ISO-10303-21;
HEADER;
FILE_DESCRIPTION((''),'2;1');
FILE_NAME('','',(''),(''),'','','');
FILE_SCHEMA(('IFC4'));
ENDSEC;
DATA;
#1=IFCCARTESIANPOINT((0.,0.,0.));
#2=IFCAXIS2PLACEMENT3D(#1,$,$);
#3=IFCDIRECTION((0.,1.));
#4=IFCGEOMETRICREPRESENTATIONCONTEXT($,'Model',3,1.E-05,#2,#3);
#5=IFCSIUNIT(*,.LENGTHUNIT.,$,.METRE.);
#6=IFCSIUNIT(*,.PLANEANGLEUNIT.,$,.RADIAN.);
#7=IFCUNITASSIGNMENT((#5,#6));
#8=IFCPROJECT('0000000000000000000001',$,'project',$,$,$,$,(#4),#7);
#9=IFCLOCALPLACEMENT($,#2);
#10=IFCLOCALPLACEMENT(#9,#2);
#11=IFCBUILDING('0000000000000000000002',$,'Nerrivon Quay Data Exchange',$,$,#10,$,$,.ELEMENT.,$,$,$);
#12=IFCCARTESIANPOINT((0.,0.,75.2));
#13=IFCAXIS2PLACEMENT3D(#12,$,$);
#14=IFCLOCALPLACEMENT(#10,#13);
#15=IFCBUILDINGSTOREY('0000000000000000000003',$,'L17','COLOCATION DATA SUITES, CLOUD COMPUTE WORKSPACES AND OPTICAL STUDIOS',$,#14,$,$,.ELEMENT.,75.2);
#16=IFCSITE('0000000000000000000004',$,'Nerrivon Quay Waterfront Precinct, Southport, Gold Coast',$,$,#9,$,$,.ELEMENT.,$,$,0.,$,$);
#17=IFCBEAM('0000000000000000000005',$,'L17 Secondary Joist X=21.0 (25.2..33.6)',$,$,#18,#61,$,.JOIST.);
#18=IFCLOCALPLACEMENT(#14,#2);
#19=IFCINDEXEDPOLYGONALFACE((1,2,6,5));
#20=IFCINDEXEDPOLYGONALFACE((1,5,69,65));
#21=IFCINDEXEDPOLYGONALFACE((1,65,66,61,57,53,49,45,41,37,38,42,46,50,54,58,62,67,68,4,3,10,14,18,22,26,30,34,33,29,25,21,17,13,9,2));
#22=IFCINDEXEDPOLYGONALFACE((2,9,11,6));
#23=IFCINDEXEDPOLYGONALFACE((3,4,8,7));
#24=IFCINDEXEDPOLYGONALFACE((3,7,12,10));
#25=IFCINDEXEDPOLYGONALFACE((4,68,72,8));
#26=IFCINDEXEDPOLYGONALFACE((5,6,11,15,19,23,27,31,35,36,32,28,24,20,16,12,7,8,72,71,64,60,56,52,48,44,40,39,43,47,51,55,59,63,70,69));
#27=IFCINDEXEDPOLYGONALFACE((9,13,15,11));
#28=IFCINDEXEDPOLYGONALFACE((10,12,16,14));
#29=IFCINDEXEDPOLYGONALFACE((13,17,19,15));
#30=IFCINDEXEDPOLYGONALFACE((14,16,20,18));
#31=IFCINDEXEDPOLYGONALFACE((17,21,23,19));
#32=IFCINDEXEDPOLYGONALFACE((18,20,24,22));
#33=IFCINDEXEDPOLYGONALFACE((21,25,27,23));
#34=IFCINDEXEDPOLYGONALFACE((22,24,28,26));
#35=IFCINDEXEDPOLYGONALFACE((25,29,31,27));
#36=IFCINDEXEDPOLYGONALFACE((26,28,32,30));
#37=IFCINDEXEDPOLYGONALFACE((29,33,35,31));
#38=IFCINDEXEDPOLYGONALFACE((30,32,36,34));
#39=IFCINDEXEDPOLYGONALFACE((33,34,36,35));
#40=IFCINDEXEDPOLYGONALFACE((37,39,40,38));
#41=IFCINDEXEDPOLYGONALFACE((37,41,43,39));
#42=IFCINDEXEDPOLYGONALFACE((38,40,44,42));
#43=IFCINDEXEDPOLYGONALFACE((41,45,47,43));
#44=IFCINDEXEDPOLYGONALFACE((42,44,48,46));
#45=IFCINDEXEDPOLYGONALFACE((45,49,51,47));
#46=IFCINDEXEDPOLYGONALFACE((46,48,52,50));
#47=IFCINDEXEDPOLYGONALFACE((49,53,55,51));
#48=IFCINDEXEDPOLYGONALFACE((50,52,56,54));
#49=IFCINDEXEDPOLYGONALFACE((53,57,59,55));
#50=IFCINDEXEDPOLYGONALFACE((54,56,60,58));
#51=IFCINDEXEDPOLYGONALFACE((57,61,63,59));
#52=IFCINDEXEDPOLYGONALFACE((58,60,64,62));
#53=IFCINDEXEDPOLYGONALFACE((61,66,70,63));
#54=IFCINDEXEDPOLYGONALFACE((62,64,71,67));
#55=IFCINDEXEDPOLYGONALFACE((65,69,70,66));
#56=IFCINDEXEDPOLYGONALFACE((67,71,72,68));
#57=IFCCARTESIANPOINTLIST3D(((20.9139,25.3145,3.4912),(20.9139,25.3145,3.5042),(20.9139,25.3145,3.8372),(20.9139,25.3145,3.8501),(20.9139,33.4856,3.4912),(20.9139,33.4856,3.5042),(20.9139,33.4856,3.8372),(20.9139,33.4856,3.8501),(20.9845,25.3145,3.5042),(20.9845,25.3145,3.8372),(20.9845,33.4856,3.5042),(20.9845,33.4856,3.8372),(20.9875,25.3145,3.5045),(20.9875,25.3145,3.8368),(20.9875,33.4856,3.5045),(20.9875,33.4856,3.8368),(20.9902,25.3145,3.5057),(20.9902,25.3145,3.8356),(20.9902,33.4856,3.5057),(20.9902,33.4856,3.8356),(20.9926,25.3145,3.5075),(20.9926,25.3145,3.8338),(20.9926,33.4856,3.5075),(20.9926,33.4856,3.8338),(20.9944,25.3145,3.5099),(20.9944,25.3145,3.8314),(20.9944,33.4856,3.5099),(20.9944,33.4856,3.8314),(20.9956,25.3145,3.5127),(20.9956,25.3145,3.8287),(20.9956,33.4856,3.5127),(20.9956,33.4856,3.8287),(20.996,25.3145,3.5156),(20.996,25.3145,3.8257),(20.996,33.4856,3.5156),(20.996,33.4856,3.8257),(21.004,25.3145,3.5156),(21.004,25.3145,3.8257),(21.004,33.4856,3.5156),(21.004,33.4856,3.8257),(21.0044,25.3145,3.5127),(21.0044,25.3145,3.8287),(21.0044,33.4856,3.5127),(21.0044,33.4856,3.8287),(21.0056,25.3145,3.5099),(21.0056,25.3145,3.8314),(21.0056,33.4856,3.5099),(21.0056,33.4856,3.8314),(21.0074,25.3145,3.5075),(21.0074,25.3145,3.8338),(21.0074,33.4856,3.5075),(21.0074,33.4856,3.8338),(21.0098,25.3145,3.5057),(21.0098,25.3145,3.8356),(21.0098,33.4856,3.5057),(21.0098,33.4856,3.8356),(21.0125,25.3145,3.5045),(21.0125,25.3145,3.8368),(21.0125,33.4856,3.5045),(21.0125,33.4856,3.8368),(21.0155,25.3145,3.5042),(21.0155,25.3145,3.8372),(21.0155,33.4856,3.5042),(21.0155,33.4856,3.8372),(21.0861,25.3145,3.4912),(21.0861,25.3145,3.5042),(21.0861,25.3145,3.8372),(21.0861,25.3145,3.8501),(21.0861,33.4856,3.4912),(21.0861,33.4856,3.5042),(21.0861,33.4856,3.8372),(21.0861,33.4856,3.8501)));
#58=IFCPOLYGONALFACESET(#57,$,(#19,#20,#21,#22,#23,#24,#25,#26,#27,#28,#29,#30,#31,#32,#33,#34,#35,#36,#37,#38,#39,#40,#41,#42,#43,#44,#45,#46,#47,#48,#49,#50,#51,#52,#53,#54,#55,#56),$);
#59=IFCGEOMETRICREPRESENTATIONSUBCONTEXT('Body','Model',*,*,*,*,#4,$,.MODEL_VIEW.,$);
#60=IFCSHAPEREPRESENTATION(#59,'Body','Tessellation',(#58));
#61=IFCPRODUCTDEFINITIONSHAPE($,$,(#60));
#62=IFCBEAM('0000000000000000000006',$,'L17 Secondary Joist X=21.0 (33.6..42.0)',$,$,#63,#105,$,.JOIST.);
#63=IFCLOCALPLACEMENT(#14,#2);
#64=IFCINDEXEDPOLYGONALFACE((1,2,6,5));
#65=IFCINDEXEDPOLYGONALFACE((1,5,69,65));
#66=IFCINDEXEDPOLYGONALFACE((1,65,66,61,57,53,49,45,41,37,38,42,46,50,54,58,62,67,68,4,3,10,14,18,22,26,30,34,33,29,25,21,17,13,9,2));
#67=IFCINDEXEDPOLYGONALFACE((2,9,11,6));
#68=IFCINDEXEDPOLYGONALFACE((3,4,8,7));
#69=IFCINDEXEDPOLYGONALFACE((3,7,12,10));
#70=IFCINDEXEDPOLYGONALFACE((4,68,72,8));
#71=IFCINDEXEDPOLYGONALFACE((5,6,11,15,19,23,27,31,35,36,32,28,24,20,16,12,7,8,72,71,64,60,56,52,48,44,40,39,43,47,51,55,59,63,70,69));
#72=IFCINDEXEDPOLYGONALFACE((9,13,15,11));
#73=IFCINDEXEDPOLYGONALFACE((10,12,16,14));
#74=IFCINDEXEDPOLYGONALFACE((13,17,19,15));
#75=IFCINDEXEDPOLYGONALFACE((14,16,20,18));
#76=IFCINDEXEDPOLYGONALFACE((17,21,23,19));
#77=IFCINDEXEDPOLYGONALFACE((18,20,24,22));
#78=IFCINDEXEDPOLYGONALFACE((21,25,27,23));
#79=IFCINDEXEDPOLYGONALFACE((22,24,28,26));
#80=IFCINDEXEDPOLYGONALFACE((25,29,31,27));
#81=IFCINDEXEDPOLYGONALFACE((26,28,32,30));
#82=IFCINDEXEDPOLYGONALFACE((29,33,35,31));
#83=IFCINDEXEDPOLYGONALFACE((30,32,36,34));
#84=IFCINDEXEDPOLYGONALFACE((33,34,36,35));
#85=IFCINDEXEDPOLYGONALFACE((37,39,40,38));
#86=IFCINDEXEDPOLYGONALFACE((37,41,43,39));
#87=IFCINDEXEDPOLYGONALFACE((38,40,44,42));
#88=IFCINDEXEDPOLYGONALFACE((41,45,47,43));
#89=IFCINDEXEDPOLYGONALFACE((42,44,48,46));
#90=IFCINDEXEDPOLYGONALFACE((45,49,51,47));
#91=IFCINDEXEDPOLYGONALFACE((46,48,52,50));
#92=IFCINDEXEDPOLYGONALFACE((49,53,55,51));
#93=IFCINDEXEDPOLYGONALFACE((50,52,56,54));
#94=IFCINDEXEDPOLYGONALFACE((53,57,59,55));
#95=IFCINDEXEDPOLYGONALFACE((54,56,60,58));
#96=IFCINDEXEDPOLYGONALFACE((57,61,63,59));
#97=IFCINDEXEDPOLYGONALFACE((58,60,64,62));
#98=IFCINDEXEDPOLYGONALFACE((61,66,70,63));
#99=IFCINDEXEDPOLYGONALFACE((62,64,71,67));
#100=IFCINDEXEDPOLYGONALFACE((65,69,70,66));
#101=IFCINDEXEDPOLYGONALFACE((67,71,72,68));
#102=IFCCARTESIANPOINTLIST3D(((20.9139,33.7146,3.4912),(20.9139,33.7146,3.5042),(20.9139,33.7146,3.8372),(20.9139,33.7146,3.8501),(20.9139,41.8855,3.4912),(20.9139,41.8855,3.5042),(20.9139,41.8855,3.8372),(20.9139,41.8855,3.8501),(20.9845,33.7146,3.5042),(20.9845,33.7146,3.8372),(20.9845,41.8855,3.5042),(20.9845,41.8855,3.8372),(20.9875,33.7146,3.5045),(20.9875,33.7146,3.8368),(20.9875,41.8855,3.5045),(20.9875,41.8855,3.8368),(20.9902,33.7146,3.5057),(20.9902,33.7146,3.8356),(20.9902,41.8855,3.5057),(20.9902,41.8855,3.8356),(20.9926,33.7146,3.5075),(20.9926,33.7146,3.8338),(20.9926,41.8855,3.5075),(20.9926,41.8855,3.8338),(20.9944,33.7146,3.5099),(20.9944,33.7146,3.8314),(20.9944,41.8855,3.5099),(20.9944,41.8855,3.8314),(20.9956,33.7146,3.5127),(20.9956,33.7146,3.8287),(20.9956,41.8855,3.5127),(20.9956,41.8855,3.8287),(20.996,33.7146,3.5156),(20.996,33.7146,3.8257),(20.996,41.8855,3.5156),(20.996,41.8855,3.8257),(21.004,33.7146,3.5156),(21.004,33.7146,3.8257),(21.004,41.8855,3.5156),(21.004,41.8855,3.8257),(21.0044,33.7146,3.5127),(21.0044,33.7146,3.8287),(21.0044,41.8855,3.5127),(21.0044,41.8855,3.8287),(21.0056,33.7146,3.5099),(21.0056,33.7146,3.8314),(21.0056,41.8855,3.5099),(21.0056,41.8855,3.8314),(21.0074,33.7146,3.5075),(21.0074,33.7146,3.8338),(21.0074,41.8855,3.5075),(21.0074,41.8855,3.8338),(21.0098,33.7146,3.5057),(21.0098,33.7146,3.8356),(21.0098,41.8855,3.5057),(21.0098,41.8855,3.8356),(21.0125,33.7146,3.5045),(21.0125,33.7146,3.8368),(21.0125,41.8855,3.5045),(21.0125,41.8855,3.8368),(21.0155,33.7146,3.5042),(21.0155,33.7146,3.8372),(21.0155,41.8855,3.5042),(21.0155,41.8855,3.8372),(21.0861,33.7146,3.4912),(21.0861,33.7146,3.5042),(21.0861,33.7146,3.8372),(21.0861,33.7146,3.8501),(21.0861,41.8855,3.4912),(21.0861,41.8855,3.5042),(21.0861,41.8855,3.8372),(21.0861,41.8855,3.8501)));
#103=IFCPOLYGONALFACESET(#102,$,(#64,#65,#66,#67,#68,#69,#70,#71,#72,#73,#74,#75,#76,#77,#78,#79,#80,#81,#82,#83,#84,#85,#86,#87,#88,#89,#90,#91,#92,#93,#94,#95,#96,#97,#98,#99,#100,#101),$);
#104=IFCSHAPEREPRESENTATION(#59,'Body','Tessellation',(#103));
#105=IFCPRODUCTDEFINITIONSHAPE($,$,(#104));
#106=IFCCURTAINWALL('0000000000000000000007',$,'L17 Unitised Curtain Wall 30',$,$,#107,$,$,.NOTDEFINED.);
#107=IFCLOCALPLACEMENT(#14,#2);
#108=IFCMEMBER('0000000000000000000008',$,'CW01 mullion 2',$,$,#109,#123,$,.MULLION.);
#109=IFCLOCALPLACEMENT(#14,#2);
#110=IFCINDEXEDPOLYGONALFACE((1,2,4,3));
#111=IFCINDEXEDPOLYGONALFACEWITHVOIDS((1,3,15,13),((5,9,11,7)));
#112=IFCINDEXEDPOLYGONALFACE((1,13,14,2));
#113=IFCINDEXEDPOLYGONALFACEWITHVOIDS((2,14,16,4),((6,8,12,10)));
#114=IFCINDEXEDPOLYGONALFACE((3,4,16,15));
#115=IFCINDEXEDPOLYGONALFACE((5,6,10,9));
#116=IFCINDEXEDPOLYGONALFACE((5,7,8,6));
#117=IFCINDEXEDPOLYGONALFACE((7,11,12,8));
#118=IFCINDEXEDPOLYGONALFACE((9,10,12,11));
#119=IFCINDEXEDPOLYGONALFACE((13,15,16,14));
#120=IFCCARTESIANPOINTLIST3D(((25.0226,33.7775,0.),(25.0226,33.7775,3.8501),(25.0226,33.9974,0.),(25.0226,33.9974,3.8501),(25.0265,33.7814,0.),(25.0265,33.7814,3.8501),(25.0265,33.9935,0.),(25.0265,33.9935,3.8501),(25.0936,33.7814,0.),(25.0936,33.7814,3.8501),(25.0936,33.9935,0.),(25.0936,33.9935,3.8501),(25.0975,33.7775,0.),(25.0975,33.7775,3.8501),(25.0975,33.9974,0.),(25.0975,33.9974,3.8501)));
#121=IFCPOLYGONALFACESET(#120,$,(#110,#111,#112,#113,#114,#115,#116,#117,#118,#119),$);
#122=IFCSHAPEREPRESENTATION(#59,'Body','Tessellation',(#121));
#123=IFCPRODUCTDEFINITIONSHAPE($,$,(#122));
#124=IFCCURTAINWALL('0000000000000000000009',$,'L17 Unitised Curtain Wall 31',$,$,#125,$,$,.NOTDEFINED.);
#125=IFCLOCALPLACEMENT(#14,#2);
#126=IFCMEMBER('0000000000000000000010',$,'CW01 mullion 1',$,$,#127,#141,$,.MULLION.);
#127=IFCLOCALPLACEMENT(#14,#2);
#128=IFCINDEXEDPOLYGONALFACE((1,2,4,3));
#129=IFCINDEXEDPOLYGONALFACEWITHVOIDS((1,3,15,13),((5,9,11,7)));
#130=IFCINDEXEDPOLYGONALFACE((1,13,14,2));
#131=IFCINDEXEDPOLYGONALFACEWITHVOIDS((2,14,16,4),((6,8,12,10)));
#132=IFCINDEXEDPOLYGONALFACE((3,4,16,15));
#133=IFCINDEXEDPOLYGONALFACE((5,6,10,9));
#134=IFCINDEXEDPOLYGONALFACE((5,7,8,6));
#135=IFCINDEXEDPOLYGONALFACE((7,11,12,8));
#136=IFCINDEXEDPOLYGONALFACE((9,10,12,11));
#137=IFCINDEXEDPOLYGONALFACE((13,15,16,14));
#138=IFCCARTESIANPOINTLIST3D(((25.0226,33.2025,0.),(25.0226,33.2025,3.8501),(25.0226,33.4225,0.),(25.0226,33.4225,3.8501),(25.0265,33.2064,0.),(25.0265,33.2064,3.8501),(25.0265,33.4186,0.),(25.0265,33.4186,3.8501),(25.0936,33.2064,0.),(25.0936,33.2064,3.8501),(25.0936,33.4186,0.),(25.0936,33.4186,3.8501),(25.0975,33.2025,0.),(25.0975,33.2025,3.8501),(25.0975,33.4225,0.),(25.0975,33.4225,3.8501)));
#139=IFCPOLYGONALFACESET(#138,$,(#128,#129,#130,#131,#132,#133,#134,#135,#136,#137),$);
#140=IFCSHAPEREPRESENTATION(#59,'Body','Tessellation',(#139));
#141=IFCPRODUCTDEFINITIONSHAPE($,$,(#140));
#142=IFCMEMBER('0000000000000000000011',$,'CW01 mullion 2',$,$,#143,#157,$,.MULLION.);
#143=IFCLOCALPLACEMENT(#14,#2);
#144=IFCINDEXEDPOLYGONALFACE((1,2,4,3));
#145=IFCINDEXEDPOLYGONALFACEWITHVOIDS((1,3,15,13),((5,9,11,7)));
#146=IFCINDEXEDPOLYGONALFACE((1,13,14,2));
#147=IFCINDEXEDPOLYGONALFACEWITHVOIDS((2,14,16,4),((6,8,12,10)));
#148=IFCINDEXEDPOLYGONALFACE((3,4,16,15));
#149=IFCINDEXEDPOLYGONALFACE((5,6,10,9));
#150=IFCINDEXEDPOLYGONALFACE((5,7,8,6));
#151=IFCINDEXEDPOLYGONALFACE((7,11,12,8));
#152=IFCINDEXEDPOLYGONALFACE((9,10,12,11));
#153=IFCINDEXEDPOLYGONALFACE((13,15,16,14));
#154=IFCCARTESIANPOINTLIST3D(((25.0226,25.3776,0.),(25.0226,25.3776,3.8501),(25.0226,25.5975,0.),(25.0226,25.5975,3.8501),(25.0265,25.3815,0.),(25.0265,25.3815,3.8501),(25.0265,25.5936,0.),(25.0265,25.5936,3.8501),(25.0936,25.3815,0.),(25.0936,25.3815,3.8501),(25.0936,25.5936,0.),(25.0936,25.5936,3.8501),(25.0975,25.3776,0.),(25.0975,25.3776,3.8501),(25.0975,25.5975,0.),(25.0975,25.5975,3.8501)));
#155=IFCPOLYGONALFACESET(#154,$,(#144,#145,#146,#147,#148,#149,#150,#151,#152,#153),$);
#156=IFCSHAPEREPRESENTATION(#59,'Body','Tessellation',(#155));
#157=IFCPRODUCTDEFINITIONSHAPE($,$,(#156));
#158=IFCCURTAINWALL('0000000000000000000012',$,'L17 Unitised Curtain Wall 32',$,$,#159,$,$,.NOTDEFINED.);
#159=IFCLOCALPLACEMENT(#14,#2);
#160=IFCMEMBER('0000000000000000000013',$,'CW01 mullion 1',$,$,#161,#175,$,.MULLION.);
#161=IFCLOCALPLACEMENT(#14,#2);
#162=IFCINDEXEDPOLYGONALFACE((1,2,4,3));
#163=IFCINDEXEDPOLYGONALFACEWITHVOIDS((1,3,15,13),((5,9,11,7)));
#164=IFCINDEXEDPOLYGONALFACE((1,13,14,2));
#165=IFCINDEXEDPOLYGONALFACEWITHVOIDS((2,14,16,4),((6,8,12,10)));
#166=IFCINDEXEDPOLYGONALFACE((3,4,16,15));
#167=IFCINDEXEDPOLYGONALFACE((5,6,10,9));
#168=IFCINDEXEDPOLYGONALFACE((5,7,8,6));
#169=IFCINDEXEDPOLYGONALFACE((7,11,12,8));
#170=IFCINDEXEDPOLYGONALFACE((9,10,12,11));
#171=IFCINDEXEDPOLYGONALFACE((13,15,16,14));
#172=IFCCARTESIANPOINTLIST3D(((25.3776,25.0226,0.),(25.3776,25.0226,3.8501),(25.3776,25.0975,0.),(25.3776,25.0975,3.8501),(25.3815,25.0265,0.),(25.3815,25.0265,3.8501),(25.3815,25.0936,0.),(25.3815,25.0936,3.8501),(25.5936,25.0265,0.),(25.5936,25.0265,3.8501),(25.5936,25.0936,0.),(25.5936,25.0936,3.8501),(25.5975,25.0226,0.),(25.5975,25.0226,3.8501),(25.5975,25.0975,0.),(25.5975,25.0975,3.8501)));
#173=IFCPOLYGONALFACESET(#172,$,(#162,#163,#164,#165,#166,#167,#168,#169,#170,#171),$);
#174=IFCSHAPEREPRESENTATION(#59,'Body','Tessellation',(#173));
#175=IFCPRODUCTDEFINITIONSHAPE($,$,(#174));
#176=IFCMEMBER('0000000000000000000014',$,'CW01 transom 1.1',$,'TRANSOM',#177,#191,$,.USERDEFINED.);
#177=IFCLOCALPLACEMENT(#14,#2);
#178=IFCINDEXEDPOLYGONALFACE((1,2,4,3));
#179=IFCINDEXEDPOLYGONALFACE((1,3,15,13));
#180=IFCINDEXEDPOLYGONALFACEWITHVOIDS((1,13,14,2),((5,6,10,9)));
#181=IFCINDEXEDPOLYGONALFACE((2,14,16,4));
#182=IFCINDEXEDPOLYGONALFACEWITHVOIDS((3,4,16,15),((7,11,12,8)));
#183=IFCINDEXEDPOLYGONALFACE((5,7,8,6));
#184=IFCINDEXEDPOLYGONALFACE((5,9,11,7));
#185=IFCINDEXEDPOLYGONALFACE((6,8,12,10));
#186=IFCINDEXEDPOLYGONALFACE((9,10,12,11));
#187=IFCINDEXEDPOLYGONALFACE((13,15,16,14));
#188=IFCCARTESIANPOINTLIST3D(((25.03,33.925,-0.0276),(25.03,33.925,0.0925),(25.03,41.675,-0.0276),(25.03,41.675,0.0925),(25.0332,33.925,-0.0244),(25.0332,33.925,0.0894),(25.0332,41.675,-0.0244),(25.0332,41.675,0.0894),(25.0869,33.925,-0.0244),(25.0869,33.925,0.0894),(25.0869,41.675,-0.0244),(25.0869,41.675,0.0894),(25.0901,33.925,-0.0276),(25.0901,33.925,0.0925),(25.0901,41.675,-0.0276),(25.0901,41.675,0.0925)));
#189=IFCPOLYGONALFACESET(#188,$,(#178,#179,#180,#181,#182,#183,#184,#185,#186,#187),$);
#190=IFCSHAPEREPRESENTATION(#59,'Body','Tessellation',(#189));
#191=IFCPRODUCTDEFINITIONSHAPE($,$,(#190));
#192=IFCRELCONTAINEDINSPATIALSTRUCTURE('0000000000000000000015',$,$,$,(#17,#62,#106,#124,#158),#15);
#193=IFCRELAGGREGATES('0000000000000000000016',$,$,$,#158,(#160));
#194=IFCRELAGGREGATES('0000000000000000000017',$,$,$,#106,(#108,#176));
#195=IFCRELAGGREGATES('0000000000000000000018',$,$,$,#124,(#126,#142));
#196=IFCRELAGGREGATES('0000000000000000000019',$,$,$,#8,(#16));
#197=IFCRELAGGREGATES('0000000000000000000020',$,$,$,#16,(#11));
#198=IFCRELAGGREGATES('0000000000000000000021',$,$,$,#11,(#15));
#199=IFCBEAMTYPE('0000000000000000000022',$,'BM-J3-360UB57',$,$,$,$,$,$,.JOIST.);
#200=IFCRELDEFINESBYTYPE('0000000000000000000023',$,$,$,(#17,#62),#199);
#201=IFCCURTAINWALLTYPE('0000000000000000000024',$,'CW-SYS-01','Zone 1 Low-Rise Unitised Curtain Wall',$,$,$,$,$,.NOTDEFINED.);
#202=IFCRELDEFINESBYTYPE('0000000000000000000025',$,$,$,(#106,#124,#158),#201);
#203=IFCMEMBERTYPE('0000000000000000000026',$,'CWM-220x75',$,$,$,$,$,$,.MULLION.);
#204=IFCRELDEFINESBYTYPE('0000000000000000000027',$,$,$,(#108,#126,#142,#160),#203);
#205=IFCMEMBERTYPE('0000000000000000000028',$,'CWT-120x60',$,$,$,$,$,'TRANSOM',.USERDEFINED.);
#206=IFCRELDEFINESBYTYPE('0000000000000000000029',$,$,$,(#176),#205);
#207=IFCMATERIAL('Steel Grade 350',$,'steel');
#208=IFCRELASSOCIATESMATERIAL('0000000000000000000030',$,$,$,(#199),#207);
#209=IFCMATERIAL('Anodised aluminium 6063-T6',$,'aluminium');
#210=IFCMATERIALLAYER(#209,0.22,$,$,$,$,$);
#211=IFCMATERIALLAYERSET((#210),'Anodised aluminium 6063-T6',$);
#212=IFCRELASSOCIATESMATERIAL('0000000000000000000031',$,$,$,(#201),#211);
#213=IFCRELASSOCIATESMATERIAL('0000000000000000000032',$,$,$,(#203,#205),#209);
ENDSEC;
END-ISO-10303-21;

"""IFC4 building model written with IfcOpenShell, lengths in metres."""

from ifc_helpers import new_model, si_unit, direction, frame, origin, origin_2d, place, context, subcontext, project, spatial, hollow_rectangle, i_section, extrude, material, layer, layer_set, material_profile, profile_set, type_object, element, aggregate, save


model = new_model("IFC4")

# Units and contexts
model_context = context("Model", 3, precision=1e-05, world=origin(), true_north=direction((0.0, 1.0)))
body_context = subcontext(model_context, "Body", "Model", "MODEL_VIEW")
ifc_project = project(units=[si_unit("LENGTHUNIT", "METRE"), si_unit("PLANEANGLEUNIT", "RADIAN")], contexts=[model_context])

# Site, building, storey
site_placement = place(None, origin())
site = spatial("IfcSite", under=ifc_project, at=site_placement, Name="Nerrivon Quay Waterfront Precinct, Southport, Gold Coast", CompositionType="ELEMENT", RefElevation=0.0)
building_placement = place(site_placement, origin())
building = spatial("IfcBuilding", under=site, at=building_placement, Name="Nerrivon Quay Data Exchange", CompositionType="ELEMENT")
storey_placement = place(building_placement, frame((0.0, 0.0, 75.2)))
storey = spatial("IfcBuildingStorey", under=building, at=storey_placement, Name="L17", Description="COLOCATION DATA SUITES, CLOUD COMPUTE WORKSPACES AND OPTICAL STUDIOS", CompositionType="ELEMENT", Elevation=75.2)

# Shared definitions
ifc_material_1 = material(Name="Steel Grade 350", Category="steel")

# Beams
ifc_material_profile_1 = material_profile(ifc_material_1, i_section(OverallWidth=0.1721, OverallDepth=0.3589, WebThickness=0.0081, FlangeThickness=0.0129, FilletRadius=0.0115, at=origin_2d()), Name="360UB56.7")
ifc_profile_set_1 = profile_set([ifc_material_profile_1], Name="Steel Grade 350")
beam_type_1 = type_object("IfcBeamType", Name="BM-J3-360UB57", PredefinedType="JOIST", material=ifc_profile_set_1)
beam_1_placement = place(storey_placement, frame((21.0, 25.3145, 3.6707), z_axis=(0.0, 1.0, 0.0), x_axis=(-1.0, 0.0, 0.0)))
element("IfcBeam", 1, at=beam_1_placement, inside=storey, type_object=beam_type_1, Name="L17 Secondary Joist X=21.0 (25.2..33.6)", PredefinedType="JOIST", context=body_context, shape_type="SweptSolid", body=[
    extrude(i_section(OverallWidth=0.1721, OverallDepth=0.3589, WebThickness=0.0081, FlangeThickness=0.0129, FilletRadius=0.0115, at=origin_2d()), origin(), (0.0, 0.0, 1.0), 8.1711),
])
beam_2_placement = place(storey_placement, frame((21.0, 33.7146, 3.6707), z_axis=(0.0, 1.0, 0.0), x_axis=(-1.0, 0.0, 0.0)))
element("IfcBeam", 2, at=beam_2_placement, inside=storey, type_object=beam_type_1, Name="L17 Secondary Joist X=21.0 (33.6..42.0)", PredefinedType="JOIST", context=body_context, shape_type="SweptSolid", body=[
    extrude(i_section(OverallWidth=0.1721, OverallDepth=0.3589, WebThickness=0.0081, FlangeThickness=0.0129, FilletRadius=0.0115, at=origin_2d()), origin(), (0.0, 0.0, 1.0), 8.1709),
])

# Curtain wall, member
ifc_material_2 = material(Name="Anodised aluminium 6063-T6", Category="aluminium")
ifc_layer_1 = layer(ifc_material_2, 0.22)
ifc_layer_set_1 = layer_set([ifc_layer_1], Name="Anodised aluminium 6063-T6")
curtain_wall_type = type_object("IfcCurtainWallType", Name="CW-SYS-01", Description="Zone 1 Low-Rise Unitised Curtain Wall", PredefinedType="NOTDEFINED", material=ifc_layer_set_1)
curtain_wall_1_placement = place(storey_placement, origin())
curtain_wall_1 = element("IfcCurtainWall", 3, at=curtain_wall_1_placement, inside=storey, type_object=curtain_wall_type, Name="L17 Unitised Curtain Wall 30", PredefinedType="NOTDEFINED")
ifc_material_profile_2 = material_profile(ifc_material_2, hollow_rectangle(XDim=0.075, YDim=0.22, WallThickness=0.0039, at=origin_2d()), Name="ALU-MULL-220x75")
ifc_profile_set_2 = profile_set([ifc_material_profile_2], Name="Anodised aluminium 6063-T6")
member_type_1 = type_object("IfcMemberType", Name="CWM-220x75", PredefinedType="MULLION", material=ifc_profile_set_2)
member_1_placement = place(storey_placement, frame((25.0601, 33.8875, 0.0), z_axis=(0.0, 0.0, 1.0), x_axis=(1.0, 0.0, 0.0)))
member_1 = element("IfcMember", 4, at=member_1_placement, type_object=member_type_1, Name="CW01 mullion 2", PredefinedType="MULLION", context=body_context, shape_type="SweptSolid", body=[
    extrude(hollow_rectangle(XDim=0.075, YDim=0.22, WallThickness=0.0039, at=origin_2d()), origin(), (0.0, 0.0, 1.0), 3.8501),
])

# Curtain wall, members
curtain_wall_2_placement = place(storey_placement, origin())
curtain_wall_2 = element("IfcCurtainWall", 5, at=curtain_wall_2_placement, inside=storey, type_object=curtain_wall_type, Name="L17 Unitised Curtain Wall 31", PredefinedType="NOTDEFINED")
member_2_placement = place(storey_placement, frame((25.0601, 33.3125, 0.0), z_axis=(0.0, 0.0, 1.0), x_axis=(1.0, 0.0, 0.0)))
member_2 = element("IfcMember", 6, at=member_2_placement, type_object=member_type_1, Name="CW01 mullion 1", PredefinedType="MULLION", context=body_context, shape_type="SweptSolid", body=[
    extrude(hollow_rectangle(XDim=0.075, YDim=0.22, WallThickness=0.0039, at=origin_2d()), origin(), (0.0, 0.0, 1.0), 3.8501),
])
member_3_placement = place(storey_placement, frame((25.0601, 25.4875, 0.0), z_axis=(0.0, 0.0, 1.0), x_axis=(1.0, 0.0, 0.0)))
member_3 = element("IfcMember", 7, at=member_3_placement, type_object=member_type_1, Name="CW01 mullion 2", PredefinedType="MULLION", context=body_context, shape_type="SweptSolid", body=[
    extrude(hollow_rectangle(XDim=0.075, YDim=0.22, WallThickness=0.0039, at=origin_2d()), origin(), (0.0, 0.0, 1.0), 3.8501),
])

# Curtain wall, member
curtain_wall_3_placement = place(storey_placement, origin())
curtain_wall_3 = element("IfcCurtainWall", 8, at=curtain_wall_3_placement, inside=storey, type_object=curtain_wall_type, Name="L17 Unitised Curtain Wall 32", PredefinedType="NOTDEFINED")
member_4_placement = place(storey_placement, frame((25.4875, 25.0601, 0.0), z_axis=(0.0, 0.0, 1.0), x_axis=(0.0, 1.0, 0.0)))
member_4 = element("IfcMember", 9, at=member_4_placement, type_object=member_type_1, Name="CW01 mullion 1", PredefinedType="MULLION", context=body_context, shape_type="SweptSolid", body=[
    extrude(hollow_rectangle(XDim=0.075, YDim=0.22, WallThickness=0.0039, at=origin_2d()), origin(), (0.0, 0.0, 1.0), 3.8501),
])

# Member
ifc_material_profile_3 = material_profile(ifc_material_2, hollow_rectangle(XDim=0.0601, YDim=0.1201, WallThickness=0.0032, at=origin_2d()), Name="ALU-TRAN-120x60")
ifc_profile_set_3 = profile_set([ifc_material_profile_3], Name="Anodised aluminium 6063-T6")
member_type_2 = type_object("IfcMemberType", Name="CWT-120x60", ElementType="TRANSOM", PredefinedType="USERDEFINED", material=ifc_profile_set_3)
member_5_placement = place(storey_placement, frame((25.0601, 41.675, 0.0325), z_axis=(0.0, -1.0, 0.0), x_axis=(1.0, 0.0, 0.0)))
member_5 = element("IfcMember", 10, at=member_5_placement, type_object=member_type_2, Name="CW01 transom 1.1", ObjectType="TRANSOM", PredefinedType="USERDEFINED", context=body_context, shape_type="SweptSolid", body=[
    extrude(hollow_rectangle(XDim=0.0601, YDim=0.1201, WallThickness=0.0032, at=origin_2d()), origin(), (0.0, 0.0, 1.0), 7.75),
])
aggregate(curtain_wall_3, [member_4])

aggregate(curtain_wall_1, [member_1, member_5])
aggregate(curtain_wall_2, [member_2, member_3])

save(model, "model.ifc")
